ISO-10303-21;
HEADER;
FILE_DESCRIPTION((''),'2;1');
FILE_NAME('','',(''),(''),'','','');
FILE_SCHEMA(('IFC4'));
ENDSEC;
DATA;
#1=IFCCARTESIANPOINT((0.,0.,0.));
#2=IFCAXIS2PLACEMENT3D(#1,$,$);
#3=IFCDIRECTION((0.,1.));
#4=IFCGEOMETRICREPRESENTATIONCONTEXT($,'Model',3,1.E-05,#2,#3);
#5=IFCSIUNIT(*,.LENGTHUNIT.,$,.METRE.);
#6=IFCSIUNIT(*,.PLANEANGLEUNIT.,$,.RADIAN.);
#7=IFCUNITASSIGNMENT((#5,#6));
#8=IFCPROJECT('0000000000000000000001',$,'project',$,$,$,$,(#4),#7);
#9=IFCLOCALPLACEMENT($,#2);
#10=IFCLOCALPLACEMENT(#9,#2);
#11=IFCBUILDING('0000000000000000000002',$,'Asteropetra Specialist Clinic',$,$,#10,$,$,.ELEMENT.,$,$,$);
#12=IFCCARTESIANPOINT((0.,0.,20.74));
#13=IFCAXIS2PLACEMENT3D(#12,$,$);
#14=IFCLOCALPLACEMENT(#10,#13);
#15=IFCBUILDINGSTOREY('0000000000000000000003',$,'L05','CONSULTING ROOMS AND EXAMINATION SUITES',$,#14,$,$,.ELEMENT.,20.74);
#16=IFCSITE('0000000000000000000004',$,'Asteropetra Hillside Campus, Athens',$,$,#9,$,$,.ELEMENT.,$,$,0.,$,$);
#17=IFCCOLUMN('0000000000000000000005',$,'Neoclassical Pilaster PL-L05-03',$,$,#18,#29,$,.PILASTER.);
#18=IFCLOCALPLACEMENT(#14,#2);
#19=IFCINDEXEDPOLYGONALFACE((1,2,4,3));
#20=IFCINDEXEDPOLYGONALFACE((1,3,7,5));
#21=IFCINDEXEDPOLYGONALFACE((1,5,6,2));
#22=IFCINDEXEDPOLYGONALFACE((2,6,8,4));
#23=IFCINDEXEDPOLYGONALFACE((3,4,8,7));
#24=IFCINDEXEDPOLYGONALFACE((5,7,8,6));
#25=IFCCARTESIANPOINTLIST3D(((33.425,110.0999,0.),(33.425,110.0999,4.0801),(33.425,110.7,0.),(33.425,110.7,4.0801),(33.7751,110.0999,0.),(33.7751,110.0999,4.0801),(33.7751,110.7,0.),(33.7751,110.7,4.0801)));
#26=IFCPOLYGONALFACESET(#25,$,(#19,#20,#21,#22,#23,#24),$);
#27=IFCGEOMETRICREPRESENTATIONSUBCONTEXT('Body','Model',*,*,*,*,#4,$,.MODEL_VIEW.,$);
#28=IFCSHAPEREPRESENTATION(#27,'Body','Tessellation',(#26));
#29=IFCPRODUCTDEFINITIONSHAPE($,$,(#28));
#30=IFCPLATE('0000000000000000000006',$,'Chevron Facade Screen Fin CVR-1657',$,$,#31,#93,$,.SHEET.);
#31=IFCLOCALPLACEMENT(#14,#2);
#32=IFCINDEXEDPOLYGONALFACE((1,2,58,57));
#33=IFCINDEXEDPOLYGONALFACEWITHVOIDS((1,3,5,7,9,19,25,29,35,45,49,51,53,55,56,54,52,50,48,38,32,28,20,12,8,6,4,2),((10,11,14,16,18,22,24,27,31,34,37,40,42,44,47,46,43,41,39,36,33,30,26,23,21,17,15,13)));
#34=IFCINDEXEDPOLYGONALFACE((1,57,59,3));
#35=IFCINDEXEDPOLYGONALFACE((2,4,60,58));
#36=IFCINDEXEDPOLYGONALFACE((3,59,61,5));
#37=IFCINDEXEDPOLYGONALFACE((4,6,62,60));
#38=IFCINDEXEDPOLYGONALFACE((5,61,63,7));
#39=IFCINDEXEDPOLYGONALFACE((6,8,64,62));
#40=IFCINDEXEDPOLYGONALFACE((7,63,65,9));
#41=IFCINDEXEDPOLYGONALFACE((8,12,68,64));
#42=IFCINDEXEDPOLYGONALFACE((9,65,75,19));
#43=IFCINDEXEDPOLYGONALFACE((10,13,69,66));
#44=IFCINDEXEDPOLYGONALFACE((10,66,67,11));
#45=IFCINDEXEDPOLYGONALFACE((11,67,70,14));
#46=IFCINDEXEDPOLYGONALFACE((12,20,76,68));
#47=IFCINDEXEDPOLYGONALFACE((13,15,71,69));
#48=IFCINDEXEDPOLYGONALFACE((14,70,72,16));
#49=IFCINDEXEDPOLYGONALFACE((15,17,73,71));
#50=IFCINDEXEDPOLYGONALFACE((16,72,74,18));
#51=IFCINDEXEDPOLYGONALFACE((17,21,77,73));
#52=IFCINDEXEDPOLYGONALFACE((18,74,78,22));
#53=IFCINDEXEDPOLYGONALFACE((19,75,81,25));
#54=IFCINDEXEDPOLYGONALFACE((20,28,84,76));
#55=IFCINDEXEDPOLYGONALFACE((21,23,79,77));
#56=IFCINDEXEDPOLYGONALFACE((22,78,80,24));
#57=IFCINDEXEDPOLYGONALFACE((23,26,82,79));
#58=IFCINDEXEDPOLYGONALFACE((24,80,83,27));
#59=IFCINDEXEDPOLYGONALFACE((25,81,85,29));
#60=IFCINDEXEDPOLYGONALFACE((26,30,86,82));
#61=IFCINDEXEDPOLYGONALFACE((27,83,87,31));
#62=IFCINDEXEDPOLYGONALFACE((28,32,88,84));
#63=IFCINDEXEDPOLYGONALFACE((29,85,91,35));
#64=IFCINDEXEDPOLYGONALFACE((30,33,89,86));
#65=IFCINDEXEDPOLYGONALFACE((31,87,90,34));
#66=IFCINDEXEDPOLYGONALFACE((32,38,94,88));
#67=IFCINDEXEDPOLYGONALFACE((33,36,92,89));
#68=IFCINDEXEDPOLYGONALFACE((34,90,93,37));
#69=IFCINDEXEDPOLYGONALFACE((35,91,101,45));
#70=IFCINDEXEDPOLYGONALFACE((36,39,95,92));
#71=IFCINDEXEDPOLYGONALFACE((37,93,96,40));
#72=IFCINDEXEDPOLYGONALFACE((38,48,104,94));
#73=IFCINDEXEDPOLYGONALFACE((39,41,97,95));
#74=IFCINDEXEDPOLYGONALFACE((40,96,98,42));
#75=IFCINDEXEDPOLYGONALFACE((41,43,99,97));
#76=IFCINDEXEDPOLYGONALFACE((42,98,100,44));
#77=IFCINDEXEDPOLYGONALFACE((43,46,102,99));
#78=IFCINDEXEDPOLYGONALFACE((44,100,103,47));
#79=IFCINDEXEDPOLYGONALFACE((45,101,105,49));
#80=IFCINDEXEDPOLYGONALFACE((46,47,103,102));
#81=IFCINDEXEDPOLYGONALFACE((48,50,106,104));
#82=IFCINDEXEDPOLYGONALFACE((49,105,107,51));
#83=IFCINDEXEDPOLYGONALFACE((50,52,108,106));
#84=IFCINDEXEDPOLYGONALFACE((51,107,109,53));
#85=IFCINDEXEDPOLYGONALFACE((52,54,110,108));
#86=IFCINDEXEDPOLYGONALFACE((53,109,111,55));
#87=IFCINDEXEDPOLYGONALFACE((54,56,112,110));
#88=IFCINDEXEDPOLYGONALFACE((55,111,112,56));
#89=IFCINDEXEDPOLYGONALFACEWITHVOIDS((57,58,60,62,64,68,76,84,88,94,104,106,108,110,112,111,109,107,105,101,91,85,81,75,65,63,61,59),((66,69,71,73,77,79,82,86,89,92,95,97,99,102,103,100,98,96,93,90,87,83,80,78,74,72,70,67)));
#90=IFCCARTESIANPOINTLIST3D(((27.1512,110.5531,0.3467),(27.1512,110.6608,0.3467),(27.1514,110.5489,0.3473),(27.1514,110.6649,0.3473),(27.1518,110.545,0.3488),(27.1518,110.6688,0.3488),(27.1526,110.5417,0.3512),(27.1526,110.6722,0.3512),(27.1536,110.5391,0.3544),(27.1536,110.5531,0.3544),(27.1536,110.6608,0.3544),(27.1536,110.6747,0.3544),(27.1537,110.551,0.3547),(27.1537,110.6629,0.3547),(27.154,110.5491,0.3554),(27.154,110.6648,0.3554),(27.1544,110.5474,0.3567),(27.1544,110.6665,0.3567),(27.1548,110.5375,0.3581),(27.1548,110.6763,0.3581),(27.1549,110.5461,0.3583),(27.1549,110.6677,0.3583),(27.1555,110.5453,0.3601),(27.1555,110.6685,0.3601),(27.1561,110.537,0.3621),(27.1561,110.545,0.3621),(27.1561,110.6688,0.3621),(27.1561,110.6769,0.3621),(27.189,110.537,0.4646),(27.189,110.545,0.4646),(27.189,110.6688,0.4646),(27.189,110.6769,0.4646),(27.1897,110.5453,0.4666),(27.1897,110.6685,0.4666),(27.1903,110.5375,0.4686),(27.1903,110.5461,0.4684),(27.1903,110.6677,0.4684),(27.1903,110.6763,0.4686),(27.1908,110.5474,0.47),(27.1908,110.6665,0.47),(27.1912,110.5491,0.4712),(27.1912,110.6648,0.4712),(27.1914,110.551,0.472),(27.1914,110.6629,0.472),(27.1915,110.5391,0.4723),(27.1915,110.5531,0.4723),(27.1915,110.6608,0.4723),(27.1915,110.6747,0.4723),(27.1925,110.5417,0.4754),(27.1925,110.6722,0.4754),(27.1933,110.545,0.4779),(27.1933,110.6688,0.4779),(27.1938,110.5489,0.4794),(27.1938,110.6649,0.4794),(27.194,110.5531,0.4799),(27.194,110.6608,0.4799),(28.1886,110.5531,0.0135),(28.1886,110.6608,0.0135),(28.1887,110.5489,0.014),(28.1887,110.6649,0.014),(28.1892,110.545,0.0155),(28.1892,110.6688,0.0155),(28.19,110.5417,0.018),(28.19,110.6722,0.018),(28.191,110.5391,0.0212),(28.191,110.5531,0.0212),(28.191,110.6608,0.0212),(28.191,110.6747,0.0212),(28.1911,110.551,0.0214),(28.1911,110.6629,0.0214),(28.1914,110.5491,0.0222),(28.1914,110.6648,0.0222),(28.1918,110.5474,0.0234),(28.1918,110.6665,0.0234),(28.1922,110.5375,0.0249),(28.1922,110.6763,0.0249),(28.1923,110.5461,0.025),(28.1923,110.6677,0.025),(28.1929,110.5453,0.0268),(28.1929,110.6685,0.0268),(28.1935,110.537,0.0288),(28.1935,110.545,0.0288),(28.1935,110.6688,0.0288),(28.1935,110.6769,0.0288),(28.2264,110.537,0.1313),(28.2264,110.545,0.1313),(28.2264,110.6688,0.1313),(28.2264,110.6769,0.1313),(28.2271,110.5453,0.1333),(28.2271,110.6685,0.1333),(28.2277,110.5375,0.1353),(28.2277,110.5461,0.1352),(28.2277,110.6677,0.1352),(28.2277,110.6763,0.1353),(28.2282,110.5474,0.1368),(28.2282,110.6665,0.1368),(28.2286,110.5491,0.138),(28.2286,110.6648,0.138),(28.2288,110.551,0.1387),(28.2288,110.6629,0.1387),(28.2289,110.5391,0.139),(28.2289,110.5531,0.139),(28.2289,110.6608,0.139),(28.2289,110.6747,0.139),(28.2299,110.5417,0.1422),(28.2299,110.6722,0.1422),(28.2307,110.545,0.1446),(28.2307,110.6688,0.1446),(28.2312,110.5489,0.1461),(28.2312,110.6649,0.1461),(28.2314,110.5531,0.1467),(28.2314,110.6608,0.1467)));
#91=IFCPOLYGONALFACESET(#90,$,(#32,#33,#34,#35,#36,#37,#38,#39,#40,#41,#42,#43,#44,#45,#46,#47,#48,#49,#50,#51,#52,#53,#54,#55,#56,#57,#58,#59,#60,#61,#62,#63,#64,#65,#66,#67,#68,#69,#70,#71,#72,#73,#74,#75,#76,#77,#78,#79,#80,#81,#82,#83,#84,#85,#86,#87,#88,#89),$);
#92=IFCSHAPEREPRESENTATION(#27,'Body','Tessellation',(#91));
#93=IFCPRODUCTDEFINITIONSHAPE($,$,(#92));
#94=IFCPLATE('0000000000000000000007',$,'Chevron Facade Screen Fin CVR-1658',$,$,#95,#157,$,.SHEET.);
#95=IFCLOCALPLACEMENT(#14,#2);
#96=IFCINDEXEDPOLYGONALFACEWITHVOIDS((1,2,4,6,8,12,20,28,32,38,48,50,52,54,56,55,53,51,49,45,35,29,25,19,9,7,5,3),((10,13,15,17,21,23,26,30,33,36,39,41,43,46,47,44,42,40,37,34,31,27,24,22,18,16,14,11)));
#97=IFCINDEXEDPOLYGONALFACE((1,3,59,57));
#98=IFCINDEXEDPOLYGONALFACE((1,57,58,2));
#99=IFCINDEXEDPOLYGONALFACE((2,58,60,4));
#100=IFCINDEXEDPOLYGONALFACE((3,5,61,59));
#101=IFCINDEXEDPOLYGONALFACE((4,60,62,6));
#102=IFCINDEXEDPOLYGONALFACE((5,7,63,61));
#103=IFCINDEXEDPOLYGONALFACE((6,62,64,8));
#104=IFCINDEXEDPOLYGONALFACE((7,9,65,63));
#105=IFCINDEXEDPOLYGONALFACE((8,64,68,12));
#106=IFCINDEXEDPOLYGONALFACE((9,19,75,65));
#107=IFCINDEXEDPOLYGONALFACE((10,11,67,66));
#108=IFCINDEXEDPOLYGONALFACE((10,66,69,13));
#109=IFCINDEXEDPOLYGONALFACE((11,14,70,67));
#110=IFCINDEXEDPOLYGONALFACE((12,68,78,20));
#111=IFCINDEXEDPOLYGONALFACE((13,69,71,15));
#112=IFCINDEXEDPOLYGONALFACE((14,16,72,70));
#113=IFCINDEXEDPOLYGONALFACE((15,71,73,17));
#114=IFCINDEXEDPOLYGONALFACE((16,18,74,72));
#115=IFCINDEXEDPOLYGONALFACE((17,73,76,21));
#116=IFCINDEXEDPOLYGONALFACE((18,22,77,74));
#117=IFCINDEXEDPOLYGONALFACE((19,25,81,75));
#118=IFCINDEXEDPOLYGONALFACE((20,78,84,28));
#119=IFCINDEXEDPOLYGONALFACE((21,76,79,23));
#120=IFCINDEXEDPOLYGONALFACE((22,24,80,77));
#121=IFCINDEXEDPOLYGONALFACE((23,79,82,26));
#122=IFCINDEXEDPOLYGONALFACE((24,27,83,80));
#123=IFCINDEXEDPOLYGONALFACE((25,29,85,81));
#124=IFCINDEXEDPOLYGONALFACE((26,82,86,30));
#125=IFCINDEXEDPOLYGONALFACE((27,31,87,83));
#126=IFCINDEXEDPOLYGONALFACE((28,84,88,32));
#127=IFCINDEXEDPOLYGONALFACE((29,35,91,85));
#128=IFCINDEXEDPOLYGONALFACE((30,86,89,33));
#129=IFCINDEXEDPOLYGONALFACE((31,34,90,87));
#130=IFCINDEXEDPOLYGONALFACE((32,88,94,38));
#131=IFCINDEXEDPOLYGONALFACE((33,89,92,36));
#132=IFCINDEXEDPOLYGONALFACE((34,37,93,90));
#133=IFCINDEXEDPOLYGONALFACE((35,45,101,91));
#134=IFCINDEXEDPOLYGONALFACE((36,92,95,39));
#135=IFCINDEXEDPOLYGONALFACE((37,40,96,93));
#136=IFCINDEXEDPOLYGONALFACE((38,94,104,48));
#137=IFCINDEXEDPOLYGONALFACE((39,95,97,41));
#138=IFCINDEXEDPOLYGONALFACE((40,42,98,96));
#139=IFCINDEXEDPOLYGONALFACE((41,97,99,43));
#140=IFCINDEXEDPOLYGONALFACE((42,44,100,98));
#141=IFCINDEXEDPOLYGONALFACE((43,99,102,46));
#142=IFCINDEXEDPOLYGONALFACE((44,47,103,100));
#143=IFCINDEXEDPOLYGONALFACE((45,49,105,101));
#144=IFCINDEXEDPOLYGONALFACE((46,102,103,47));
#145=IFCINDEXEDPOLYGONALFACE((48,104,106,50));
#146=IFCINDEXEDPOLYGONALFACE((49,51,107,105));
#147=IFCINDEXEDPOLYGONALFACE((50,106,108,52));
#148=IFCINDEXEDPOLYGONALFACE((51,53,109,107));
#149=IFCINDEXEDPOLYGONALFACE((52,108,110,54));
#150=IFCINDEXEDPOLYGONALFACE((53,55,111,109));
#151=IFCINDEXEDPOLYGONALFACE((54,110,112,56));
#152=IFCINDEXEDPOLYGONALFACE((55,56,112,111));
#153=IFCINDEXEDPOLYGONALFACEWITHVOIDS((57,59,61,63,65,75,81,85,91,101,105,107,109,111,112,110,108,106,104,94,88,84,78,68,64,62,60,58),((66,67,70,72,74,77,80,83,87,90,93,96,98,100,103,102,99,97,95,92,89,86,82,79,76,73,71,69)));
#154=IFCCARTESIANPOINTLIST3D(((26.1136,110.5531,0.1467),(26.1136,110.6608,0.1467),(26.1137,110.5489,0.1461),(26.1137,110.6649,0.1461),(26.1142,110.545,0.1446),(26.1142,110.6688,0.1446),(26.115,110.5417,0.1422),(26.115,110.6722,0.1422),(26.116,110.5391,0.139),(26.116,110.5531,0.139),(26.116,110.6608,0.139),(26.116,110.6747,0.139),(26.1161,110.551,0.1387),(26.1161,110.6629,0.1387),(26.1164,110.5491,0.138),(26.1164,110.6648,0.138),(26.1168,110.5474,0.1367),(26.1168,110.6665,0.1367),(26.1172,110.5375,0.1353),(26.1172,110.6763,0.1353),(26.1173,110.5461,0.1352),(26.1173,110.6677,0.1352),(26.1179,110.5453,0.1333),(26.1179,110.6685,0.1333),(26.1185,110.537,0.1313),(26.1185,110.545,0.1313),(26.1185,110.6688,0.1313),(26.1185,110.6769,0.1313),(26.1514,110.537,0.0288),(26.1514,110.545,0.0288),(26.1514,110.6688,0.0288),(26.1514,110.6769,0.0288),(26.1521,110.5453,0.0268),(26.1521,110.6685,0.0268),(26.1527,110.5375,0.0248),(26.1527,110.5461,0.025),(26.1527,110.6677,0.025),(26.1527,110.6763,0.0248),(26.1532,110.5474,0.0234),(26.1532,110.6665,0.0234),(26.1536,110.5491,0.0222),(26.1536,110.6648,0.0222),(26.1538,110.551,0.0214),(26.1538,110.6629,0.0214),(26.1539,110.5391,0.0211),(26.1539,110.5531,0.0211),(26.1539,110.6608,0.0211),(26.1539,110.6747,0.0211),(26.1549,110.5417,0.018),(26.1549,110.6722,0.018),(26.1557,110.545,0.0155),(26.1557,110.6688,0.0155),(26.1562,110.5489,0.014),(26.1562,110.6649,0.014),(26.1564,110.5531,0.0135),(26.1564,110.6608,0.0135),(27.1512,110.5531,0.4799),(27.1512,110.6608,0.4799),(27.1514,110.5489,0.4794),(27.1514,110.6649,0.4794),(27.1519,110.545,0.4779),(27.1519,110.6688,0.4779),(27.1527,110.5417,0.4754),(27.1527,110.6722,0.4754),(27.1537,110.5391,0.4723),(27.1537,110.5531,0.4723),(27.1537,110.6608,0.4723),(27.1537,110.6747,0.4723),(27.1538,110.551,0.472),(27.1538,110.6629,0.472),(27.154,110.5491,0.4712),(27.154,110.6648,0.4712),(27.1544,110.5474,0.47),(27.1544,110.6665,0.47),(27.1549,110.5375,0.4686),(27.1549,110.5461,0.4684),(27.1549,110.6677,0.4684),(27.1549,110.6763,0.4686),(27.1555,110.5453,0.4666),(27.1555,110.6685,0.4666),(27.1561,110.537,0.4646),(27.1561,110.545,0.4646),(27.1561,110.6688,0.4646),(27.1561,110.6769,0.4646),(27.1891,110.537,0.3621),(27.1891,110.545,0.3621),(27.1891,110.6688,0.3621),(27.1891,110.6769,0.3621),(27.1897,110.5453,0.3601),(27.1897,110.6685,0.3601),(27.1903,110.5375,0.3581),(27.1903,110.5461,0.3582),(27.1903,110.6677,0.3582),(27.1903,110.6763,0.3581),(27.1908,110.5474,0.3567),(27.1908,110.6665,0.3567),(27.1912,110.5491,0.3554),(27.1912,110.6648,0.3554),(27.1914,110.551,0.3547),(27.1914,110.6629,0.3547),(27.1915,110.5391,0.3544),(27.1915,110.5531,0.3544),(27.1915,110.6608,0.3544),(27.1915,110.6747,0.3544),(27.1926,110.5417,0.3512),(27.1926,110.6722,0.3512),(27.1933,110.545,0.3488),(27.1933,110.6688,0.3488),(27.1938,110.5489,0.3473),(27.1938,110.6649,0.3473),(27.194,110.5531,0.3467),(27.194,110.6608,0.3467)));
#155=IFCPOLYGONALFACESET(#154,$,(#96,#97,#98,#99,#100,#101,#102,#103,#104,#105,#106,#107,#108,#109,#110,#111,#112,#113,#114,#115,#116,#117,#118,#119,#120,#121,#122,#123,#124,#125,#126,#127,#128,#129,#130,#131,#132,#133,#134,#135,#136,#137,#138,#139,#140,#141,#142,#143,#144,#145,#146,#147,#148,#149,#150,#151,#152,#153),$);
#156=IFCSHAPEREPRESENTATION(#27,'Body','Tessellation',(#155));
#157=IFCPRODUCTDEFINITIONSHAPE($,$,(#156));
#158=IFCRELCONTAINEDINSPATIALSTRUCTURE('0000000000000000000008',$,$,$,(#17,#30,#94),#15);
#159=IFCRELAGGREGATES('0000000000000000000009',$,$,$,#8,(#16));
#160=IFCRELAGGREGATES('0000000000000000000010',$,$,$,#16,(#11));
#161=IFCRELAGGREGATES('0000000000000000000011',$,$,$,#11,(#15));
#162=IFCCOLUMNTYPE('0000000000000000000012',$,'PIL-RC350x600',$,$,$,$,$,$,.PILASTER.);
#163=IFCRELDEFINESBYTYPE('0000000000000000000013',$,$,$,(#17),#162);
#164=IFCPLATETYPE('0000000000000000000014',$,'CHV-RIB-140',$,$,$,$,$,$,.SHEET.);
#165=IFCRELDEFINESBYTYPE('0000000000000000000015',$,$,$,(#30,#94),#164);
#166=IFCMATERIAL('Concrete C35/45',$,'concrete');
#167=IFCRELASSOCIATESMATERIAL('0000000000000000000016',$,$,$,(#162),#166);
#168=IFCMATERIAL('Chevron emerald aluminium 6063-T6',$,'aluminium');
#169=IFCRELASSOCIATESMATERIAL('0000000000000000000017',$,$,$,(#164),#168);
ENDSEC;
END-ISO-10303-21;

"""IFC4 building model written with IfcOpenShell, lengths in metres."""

from ifc_helpers import new_model, si_unit, direction, frame, origin, origin_2d, place, context, subcontext, project, spatial, rectangle, hollow_rectangle, extrude, material, material_profile, profile_set, type_object, element, save


model = new_model("IFC4")

# Units and contexts
model_context = context("Model", 3, precision=1e-05, world=origin(), true_north=direction((0.0, 1.0)))
body_context = subcontext(model_context, "Body", "Model", "MODEL_VIEW")
ifc_project = project(units=[si_unit("LENGTHUNIT", "METRE"), si_unit("PLANEANGLEUNIT", "RADIAN")], contexts=[model_context])

# Site, building, storey
site_placement = place(None, origin())
site = spatial("IfcSite", under=ifc_project, at=site_placement, Name="Asteropetra Hillside Campus, Athens", CompositionType="ELEMENT", RefElevation=0.0)
building_placement = place(site_placement, origin())
building = spatial("IfcBuilding", under=site, at=building_placement, Name="Asteropetra Specialist Clinic", CompositionType="ELEMENT")
storey_placement = place(building_placement, frame((0.0, 0.0, 20.74)))
storey = spatial("IfcBuildingStorey", under=building, at=storey_placement, Name="L05", Description="CONSULTING ROOMS AND EXAMINATION SUITES", CompositionType="ELEMENT", Elevation=20.74)

# Column
ifc_material_1 = material(Name="Concrete C35/45", Category="concrete")
ifc_material_profile_1 = material_profile(ifc_material_1, rectangle(XDim=0.3501, YDim=0.6001, at=origin_2d()), Name="PIL 350x600")
ifc_profile_set_1 = profile_set([ifc_material_profile_1], Name="Concrete C35/45")
column_type = type_object("IfcColumnType", Name="PIL-RC350x600", PredefinedType="PILASTER", material=ifc_profile_set_1)
column_placement = place(storey_placement, frame((33.6001, 110.3999, 0.0), z_axis=(0.0, 0.0, 1.0), x_axis=(1.0, 0.0, 0.0)))
element("IfcColumn", 1, at=column_placement, inside=storey, type_object=column_type, Name="Neoclassical Pilaster PL-L05-03", PredefinedType="PILASTER", context=body_context, shape_type="SweptSolid", body=[
    extrude(rectangle(XDim=0.3501, YDim=0.6001, at=origin_2d()), origin(), (0.0, 0.0, 1.0), 4.0801),
])

# Plates
ifc_material_2 = material(Name="Chevron emerald aluminium 6063-T6", Category="aluminium")
ifc_material_profile_2 = material_profile(ifc_material_2, hollow_rectangle(XDim=0.1399, YDim=0.1399, WallThickness=0.0081, InnerFilletRadius=0.0081, OuterFilletRadius=0.0161, at=origin_2d()), Name="SHS 140x140x8.0")
ifc_profile_set_2 = profile_set([ifc_material_profile_2], Name="Chevron emerald aluminium 6063-T6")
plate_type = type_object("IfcPlateType", Name="CHV-RIB-140", PredefinedType="SHEET", material=ifc_profile_set_2)
plate_placement = place(storey_placement, frame((28.21, 110.6069, 0.0801), z_axis=(-0.952078, 0.0, 0.305857), x_axis=(0.0, -1.0, 0.0)))
element("IfcPlate", 2, at=plate_placement, inside=storey, type_object=plate_type, Name="Chevron Facade Screen Fin CVR-1657", PredefinedType="SHEET", context=body_context, shape_type="SweptSolid", body=[
    extrude(hollow_rectangle(XDim=0.1399, YDim=0.1399, WallThickness=0.0081, InnerFilletRadius=0.0081, OuterFilletRadius=0.0161, at=origin_2d()), origin(), (0.0, 0.0, 1.0), 1.0896),
])
for number, where, z_axis, x_axis, name in (
    (3, (27.1726, 110.6069, 0.4133), (-0.952098, 0.0, -0.305792), (0.0, -1.0, 0.0), "Chevron Facade Screen Fin CVR-1658"),
):
    element("IfcPlate", number, at=place(storey_placement, frame(where, z_axis=z_axis, x_axis=x_axis)), inside=storey, type_object=plate_type, Name=name, PredefinedType="SHEET", context=body_context, shape_type="SweptSolid", body=[
        extrude(hollow_rectangle(XDim=0.1399, YDim=0.1399, WallThickness=0.0081, InnerFilletRadius=0.0081, OuterFilletRadius=0.0161, at=origin_2d()), origin(), (0.0, 0.0, 1.0), 1.0898),
    ])

save(model, "model.ifc")
